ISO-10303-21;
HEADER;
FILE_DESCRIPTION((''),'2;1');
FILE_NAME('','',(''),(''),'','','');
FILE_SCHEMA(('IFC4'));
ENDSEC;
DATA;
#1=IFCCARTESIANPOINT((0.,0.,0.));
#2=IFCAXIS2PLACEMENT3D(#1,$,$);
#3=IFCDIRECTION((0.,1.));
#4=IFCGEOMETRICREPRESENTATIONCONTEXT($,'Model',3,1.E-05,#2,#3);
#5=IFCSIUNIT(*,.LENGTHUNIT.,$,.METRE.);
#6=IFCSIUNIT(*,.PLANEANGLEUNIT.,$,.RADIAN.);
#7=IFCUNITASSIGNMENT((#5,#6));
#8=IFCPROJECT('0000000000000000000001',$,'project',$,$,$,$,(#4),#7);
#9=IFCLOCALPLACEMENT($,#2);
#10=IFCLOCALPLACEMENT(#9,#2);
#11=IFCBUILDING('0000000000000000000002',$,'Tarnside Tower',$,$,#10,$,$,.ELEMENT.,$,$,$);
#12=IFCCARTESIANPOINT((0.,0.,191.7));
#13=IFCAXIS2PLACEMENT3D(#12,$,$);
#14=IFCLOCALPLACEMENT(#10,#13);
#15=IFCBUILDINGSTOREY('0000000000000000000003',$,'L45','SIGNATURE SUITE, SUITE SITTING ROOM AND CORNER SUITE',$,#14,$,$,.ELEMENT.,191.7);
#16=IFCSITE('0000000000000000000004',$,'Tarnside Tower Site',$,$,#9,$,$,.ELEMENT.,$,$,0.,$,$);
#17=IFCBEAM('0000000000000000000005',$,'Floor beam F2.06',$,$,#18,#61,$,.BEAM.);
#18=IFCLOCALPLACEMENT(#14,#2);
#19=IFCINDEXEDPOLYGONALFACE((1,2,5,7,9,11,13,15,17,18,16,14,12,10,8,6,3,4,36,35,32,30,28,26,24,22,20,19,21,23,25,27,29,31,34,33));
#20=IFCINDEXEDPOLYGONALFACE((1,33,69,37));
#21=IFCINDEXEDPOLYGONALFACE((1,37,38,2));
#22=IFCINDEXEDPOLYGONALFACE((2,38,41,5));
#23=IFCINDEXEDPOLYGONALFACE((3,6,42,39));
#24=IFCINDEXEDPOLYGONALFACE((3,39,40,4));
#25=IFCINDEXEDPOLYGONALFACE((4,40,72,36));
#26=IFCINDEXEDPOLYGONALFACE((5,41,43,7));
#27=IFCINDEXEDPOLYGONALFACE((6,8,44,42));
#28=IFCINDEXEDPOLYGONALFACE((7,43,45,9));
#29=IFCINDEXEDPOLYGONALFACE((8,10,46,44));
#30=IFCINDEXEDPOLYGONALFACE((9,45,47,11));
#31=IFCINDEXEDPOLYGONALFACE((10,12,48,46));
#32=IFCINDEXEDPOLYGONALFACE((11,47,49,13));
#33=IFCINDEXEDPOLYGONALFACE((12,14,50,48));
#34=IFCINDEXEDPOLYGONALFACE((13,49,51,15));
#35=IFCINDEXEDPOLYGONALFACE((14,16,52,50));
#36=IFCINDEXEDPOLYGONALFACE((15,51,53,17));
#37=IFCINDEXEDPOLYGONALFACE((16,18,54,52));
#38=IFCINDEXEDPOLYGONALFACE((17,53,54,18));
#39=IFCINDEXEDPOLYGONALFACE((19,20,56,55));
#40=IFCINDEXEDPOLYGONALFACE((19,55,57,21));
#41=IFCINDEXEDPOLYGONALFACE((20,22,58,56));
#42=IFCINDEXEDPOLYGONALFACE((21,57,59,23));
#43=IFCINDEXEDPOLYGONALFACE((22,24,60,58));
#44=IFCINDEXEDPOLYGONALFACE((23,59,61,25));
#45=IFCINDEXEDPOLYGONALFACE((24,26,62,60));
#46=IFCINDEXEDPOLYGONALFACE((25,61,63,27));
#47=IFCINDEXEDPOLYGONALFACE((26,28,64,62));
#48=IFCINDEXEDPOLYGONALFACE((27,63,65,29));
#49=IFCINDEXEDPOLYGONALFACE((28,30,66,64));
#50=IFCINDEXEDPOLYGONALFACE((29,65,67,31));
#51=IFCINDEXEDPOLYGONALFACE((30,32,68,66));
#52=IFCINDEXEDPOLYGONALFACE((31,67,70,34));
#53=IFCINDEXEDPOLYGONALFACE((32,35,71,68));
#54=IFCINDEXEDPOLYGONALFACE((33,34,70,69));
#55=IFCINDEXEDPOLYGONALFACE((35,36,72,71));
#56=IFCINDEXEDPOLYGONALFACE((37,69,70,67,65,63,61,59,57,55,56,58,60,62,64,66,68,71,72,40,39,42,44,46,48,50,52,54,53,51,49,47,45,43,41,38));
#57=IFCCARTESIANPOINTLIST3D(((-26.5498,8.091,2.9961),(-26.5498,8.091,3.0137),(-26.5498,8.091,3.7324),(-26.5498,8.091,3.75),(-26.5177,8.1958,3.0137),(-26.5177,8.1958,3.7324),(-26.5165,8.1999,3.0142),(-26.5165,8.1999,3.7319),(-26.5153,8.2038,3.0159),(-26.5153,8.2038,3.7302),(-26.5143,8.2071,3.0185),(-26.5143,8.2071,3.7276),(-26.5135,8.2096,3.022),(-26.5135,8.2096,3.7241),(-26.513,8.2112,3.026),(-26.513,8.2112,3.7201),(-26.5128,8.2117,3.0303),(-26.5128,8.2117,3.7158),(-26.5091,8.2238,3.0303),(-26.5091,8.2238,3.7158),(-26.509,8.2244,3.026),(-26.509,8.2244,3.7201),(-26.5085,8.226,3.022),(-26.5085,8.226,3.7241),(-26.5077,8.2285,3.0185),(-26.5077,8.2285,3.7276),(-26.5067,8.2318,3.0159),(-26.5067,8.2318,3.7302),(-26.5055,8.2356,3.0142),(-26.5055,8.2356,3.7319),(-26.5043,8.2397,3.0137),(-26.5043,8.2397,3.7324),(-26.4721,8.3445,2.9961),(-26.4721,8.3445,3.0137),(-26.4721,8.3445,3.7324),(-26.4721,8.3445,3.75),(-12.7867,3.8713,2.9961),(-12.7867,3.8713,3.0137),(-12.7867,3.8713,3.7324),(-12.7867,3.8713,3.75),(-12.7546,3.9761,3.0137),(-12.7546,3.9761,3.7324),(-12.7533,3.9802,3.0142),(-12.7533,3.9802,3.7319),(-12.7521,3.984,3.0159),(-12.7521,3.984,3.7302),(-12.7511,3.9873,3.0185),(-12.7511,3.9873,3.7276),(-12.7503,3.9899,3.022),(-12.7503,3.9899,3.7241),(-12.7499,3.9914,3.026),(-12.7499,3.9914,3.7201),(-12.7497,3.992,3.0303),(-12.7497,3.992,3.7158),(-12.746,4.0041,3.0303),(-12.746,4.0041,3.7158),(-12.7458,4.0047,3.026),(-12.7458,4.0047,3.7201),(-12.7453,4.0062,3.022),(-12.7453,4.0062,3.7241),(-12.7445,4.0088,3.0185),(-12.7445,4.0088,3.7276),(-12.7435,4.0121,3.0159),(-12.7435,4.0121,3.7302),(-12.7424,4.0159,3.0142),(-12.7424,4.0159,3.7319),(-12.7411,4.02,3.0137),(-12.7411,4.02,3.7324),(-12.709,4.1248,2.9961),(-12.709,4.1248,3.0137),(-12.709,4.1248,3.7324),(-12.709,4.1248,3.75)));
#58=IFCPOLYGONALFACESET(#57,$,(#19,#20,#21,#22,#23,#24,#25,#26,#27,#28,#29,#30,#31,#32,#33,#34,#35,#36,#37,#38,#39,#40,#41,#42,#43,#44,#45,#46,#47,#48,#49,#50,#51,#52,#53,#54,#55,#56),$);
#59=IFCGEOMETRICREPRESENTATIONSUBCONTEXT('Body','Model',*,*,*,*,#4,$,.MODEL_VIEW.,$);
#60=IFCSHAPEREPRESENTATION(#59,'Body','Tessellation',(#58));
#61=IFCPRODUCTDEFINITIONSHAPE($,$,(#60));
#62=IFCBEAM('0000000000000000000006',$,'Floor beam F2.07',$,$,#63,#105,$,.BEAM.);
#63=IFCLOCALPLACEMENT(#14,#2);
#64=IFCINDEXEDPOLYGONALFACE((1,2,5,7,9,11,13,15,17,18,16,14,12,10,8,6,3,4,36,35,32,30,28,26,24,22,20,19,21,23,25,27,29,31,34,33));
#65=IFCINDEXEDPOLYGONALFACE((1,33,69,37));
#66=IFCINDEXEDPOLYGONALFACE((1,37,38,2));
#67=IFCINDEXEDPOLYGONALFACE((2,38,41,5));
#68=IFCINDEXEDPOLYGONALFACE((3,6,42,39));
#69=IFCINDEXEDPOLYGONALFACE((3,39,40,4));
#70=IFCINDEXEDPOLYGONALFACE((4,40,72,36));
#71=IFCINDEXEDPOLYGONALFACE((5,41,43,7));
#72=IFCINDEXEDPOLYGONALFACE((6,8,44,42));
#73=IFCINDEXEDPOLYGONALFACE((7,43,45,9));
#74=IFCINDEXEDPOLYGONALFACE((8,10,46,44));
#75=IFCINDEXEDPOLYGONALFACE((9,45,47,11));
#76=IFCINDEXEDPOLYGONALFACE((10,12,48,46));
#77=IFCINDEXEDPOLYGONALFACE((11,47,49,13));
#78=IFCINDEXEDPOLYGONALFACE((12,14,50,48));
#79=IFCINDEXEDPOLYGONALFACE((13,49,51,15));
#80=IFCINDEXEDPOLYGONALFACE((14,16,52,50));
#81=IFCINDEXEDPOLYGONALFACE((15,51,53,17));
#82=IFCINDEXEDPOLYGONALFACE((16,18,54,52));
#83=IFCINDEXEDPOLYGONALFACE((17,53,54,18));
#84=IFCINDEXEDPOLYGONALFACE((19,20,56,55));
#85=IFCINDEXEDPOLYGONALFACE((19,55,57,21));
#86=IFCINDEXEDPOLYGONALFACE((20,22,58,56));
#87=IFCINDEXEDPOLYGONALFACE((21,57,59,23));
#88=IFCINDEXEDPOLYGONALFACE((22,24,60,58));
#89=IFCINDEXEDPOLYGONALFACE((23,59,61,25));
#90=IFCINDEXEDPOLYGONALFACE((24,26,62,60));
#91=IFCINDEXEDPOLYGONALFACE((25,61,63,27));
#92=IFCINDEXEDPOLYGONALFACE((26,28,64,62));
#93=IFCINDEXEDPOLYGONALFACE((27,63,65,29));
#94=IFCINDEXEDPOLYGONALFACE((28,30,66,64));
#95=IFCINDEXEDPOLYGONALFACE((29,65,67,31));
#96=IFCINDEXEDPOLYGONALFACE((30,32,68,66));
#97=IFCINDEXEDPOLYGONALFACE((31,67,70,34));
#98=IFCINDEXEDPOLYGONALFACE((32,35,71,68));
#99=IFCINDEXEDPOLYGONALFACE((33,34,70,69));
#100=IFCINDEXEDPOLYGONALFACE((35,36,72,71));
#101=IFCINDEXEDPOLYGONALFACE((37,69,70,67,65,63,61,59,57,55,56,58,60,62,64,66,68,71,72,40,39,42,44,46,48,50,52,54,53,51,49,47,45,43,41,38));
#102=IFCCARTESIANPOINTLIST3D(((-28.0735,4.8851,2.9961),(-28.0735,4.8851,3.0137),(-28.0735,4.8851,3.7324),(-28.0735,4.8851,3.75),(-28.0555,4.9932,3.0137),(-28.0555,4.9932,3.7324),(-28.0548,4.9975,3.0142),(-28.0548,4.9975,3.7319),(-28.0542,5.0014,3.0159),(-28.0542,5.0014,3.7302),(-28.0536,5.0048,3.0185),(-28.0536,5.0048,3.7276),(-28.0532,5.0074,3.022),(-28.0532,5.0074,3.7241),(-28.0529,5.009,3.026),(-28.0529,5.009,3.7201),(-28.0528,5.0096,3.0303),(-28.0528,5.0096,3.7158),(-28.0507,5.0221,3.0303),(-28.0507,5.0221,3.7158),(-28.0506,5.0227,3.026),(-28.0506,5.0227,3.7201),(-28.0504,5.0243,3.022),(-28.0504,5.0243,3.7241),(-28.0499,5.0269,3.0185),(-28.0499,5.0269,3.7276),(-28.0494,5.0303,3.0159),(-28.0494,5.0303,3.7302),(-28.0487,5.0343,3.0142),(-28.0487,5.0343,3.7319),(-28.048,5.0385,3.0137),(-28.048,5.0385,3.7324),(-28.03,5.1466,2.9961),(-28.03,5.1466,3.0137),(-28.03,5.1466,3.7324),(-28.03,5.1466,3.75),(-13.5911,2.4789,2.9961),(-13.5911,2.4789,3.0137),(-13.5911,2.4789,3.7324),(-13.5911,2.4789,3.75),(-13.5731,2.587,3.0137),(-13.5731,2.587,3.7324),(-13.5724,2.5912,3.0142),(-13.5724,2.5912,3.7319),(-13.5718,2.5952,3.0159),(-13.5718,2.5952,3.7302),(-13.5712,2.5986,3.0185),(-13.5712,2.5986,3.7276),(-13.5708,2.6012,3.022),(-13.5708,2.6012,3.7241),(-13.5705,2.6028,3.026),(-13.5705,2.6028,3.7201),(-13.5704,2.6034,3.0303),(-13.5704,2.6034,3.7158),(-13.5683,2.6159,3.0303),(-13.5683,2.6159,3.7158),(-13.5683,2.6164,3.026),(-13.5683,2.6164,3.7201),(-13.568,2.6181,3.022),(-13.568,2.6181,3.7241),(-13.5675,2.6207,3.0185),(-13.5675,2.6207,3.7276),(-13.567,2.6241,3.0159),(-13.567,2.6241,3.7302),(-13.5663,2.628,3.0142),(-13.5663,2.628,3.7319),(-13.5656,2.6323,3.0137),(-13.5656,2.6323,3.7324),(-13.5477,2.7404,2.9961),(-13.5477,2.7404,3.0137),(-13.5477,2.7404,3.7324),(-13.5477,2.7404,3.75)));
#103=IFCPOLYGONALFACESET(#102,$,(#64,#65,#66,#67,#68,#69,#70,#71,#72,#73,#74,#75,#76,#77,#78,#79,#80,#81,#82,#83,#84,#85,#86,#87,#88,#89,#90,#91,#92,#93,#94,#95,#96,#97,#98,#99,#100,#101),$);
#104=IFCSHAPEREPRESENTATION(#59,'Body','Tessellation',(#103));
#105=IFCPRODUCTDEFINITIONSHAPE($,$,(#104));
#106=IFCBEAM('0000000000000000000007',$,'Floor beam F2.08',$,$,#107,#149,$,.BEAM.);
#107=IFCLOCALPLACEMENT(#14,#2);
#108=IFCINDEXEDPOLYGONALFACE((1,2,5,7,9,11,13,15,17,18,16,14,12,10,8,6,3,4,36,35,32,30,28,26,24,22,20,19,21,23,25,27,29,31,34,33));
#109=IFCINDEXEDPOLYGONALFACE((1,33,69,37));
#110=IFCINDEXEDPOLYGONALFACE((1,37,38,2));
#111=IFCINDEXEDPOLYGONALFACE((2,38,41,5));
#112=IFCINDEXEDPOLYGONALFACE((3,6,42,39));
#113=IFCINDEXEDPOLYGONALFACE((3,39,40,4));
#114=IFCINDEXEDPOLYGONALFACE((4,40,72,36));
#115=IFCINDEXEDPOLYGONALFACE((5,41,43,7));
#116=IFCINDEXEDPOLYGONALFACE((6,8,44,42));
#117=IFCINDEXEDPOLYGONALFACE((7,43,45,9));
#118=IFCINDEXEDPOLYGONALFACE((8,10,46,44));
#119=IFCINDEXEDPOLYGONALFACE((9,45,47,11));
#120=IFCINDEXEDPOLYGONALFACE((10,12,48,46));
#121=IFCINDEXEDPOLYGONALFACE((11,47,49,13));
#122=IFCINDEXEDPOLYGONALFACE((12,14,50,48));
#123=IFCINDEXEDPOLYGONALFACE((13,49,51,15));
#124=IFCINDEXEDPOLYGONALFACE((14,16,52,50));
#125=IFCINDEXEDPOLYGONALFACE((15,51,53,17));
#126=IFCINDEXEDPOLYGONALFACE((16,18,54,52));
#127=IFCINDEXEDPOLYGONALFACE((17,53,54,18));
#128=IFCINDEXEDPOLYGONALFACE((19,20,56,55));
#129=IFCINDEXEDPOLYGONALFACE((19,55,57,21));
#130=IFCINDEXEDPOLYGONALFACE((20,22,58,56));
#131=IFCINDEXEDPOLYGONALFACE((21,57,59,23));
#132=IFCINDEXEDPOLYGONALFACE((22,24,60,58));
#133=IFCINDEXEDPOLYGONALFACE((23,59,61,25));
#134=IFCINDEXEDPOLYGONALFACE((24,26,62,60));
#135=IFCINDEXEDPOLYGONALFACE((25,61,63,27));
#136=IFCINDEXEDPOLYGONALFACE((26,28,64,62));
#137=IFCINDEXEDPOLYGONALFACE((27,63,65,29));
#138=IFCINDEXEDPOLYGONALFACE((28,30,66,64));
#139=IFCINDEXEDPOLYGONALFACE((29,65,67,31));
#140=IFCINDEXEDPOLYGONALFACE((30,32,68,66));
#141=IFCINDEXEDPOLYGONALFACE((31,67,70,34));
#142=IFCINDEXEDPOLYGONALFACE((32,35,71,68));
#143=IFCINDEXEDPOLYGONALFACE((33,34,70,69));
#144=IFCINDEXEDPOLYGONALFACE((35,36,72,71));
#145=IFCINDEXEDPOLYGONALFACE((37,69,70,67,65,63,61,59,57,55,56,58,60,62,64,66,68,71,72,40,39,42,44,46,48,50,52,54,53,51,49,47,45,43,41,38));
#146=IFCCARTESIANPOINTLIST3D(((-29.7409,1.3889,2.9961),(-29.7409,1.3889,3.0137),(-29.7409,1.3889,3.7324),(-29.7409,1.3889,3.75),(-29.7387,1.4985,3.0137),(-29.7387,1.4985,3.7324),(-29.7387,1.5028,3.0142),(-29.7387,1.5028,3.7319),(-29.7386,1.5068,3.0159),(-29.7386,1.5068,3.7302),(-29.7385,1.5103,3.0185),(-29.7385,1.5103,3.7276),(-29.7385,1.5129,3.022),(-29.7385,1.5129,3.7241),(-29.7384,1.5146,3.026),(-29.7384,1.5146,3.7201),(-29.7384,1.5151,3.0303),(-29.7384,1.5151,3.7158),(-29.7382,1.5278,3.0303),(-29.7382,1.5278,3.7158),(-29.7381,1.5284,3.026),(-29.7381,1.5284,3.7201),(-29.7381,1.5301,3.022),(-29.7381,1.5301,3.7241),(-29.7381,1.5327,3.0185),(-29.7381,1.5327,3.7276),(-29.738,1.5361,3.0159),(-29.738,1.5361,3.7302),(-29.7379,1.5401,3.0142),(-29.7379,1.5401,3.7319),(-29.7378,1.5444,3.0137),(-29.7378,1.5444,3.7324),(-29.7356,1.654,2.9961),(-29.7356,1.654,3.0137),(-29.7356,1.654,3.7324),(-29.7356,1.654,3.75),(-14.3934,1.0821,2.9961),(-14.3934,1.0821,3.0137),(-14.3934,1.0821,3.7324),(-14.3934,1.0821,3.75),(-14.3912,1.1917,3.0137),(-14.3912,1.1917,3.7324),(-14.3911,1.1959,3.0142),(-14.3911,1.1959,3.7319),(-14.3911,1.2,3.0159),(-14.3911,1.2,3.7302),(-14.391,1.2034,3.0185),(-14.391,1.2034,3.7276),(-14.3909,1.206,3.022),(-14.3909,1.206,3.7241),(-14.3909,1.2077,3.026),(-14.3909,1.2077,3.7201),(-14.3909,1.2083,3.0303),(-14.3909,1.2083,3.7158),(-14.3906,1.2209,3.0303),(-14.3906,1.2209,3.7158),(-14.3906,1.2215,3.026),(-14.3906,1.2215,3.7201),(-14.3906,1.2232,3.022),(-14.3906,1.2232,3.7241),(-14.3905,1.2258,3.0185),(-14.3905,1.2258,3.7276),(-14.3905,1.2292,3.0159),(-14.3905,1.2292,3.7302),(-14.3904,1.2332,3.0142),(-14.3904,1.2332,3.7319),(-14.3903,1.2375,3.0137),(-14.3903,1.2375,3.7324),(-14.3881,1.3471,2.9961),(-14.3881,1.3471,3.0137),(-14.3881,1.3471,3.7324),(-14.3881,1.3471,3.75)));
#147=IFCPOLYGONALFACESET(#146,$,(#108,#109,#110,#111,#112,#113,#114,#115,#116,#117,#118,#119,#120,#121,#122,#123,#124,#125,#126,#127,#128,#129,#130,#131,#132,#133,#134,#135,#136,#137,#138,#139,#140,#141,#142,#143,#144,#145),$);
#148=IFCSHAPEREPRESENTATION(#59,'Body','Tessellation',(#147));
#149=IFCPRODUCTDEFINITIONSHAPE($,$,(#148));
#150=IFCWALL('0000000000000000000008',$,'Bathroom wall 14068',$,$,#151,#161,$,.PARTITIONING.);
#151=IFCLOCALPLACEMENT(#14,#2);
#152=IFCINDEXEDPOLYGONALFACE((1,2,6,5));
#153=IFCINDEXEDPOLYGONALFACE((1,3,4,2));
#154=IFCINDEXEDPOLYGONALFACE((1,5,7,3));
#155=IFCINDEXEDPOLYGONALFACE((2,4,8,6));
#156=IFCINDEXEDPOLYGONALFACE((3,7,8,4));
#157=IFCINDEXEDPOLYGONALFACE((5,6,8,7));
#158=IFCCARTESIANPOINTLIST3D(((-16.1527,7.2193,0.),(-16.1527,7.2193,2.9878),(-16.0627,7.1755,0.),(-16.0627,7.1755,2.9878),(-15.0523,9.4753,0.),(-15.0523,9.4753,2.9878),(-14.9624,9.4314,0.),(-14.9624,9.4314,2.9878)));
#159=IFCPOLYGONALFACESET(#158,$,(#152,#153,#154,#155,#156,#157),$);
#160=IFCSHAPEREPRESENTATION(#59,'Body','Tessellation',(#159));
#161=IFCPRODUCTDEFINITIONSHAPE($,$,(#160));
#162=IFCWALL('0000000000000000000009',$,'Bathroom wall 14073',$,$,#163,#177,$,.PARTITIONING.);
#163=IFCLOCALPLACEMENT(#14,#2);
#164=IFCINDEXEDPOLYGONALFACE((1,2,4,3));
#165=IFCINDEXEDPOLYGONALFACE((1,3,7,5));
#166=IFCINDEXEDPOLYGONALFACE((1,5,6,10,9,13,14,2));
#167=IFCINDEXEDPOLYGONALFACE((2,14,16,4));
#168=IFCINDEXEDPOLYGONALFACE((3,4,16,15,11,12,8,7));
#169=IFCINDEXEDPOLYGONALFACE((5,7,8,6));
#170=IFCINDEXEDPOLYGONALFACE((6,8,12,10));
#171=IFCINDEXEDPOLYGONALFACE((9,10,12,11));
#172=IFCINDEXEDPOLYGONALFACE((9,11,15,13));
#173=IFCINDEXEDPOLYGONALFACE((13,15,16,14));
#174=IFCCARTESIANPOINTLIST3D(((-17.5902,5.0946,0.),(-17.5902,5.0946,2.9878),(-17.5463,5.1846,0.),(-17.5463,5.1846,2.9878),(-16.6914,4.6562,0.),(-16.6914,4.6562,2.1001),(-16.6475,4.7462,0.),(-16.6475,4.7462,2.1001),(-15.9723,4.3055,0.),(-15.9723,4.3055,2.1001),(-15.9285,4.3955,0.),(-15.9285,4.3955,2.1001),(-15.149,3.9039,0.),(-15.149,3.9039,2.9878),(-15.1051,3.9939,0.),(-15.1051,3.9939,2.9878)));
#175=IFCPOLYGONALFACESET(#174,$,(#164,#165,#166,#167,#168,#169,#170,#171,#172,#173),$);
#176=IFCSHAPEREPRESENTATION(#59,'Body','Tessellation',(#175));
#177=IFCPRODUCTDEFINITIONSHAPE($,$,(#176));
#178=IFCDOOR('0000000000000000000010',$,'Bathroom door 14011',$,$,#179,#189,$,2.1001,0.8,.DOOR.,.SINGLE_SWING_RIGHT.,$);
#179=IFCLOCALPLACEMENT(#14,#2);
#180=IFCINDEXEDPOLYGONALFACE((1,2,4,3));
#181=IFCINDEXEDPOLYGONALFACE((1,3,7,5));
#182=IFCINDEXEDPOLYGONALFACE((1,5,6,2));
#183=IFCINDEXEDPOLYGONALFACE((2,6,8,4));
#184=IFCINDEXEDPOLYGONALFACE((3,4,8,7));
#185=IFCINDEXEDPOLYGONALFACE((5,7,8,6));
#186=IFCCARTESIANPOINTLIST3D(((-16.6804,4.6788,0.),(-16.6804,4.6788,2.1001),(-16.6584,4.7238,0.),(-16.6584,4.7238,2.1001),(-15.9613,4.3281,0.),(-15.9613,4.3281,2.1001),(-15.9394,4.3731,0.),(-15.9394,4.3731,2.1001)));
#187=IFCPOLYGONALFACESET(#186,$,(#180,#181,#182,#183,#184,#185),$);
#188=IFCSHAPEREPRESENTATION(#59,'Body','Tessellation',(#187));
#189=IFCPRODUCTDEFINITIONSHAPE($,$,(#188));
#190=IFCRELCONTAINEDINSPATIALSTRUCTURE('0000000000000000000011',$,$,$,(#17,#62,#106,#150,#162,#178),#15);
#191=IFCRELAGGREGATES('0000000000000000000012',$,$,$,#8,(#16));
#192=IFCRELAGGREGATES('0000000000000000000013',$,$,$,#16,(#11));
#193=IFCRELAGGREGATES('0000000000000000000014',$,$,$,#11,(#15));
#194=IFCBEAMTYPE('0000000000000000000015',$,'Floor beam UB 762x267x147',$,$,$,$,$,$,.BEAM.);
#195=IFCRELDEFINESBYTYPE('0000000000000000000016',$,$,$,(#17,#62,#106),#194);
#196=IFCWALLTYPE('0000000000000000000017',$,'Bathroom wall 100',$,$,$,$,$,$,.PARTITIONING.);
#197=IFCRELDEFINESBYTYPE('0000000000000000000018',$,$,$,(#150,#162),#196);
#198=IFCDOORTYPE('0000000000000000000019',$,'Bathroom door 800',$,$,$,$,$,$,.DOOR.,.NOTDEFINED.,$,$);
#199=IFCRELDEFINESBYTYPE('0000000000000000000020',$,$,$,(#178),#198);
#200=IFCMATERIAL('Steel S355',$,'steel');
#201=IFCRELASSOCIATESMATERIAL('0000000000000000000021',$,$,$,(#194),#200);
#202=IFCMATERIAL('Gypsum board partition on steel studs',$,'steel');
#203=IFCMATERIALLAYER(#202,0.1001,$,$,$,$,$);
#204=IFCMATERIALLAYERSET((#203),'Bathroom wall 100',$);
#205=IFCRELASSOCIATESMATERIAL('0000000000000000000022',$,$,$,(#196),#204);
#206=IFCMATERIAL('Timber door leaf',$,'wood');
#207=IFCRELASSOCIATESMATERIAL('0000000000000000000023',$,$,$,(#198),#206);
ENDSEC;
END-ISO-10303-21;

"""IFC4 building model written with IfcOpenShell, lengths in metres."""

from ifc_helpers import new_model, si_unit, direction, frame, frame_2d, origin, origin_2d, place, context, subcontext, project, spatial, rectangle, i_section, extrude, material, layer, layer_set, material_profile, profile_set, type_object, element, fill, save


model = new_model("IFC4")

# Units and contexts
model_context = context("Model", 3, precision=1e-05, world=origin(), true_north=direction((0.0, 1.0)))
body_context = subcontext(model_context, "Body", "Model", "MODEL_VIEW")
ifc_project = project(units=[si_unit("LENGTHUNIT", "METRE"), si_unit("PLANEANGLEUNIT", "RADIAN")], contexts=[model_context])

# Site, building, storey
site_placement = place(None, origin())
site = spatial("IfcSite", under=ifc_project, at=site_placement, Name="Tarnside Tower Site", CompositionType="ELEMENT", RefElevation=0.0)
building_placement = place(site_placement, origin())
building = spatial("IfcBuilding", under=site, at=building_placement, Name="Tarnside Tower", CompositionType="ELEMENT")
storey_placement = place(building_placement, frame((0.0, 0.0, 191.7)))
storey = spatial("IfcBuildingStorey", under=building, at=storey_placement, Name="L45", Description="SIGNATURE SUITE, SUITE SITTING ROOM AND CORNER SUITE", CompositionType="ELEMENT", Elevation=191.7)

# Beams
ifc_material_1 = material(Name="Steel S355", Category="steel")
ifc_material_profile = material_profile(ifc_material_1, i_section(OverallWidth=0.2651, OverallDepth=0.7539, WebThickness=0.0127, FlangeThickness=0.0176, FilletRadius=0.0166, at=origin_2d()), Name="UB 762x267x147")
ifc_profile_set = profile_set([ifc_material_profile], Name="Steel S355")
beam_type = type_object("IfcBeamType", Name="Floor beam UB 762x267x147", PredefinedType="BEAM", material=ifc_profile_set)
beam_1_placement = place(storey_placement, frame((-26.511, 8.2178, 3.373), z_axis=(0.956073, -0.293128, 0.0), x_axis=(0.293128, 0.956073, 0.0)))
element("IfcBeam", 1, at=beam_1_placement, inside=storey, type_object=beam_type, Name="Floor beam F2.06", PredefinedType="BEAM", context=body_context, shape_type="SweptSolid", body=[
    extrude(i_section(OverallWidth=0.2651, OverallDepth=0.7539, WebThickness=0.0127, FlangeThickness=0.0176, FilletRadius=0.0166, at=origin_2d()), origin(), (0.0, 0.0, 1.0), 14.3955),
])
beam_2_placement = place(storey_placement, frame((-28.0518, 5.0159, 3.373), z_axis=(0.986476, -0.163903, 0.0), x_axis=(0.163903, 0.986476, 0.0)))
element("IfcBeam", 2, at=beam_2_placement, inside=storey, type_object=beam_type, Name="Floor beam F2.07", PredefinedType="BEAM", context=body_context, shape_type="SweptSolid", body=[
    extrude(i_section(OverallWidth=0.2651, OverallDepth=0.7539, WebThickness=0.0127, FlangeThickness=0.0176, FilletRadius=0.0166, at=origin_2d()), origin(), (0.0, 0.0, 1.0), 14.6809),
])
beam_3_placement = place(storey_placement, frame((-29.7383, 1.5215, 3.373), z_axis=(0.9998, -0.019992, 0.0), x_axis=(0.019992, 0.9998, 0.0)))
element("IfcBeam", 3, at=beam_3_placement, inside=storey, type_object=beam_type, Name="Floor beam F2.08", PredefinedType="BEAM", context=body_context, shape_type="SweptSolid", body=[
    extrude(i_section(OverallWidth=0.2651, OverallDepth=0.7539, WebThickness=0.0127, FlangeThickness=0.0176, FilletRadius=0.0166, at=origin_2d()), origin(), (0.0, 0.0, 1.0), 15.3506),
])

# Wall
ifc_material_2 = material(Name="Gypsum board partition on steel studs", Category="steel")
ifc_layer_1 = layer(ifc_material_2, 0.1001)
ifc_layer_set_1 = layer_set([ifc_layer_1], Name="Bathroom wall 100")
wall_type_1 = type_object("IfcWallType", Name="Bathroom wall 100", PredefinedType="PARTITIONING", material=ifc_layer_set_1)
wall_1_placement = place(storey_placement, frame((-16.1077, 7.1975, 0.0), z_axis=(0.0, 0.0, 1.0), x_axis=(0.438399, 0.898781, 0.0)))
element("IfcWall", 4, at=wall_1_placement, inside=storey, type_object=wall_type_1, Name="Bathroom wall 14068", PredefinedType="PARTITIONING", context=body_context, shape_type="SweptSolid", body=[
    extrude(rectangle(XDim=2.51, YDim=0.1001, at=frame_2d((1.2549, 0.0))), origin(), (0.0, 0.0, 1.0), 2.9878),
])

# Wall, opening, door
wall_2_placement = place(storey_placement, frame((-15.1272, 3.949, 0.0), z_axis=(0.0, 0.0, 1.0), x_axis=(-0.898788, 0.438383, 0.0)))
wall_2 = element("IfcWall", 5, at=wall_2_placement, inside=storey, type_object=wall_type_1, Name="Bathroom wall 14073", PredefinedType="PARTITIONING", context=body_context, shape_type="SweptSolid", body=[
    extrude(rectangle(XDim=2.7161, YDim=0.1001, at=frame_2d((1.3579, 0.0))), origin(), (0.0, 0.0, 1.0), 2.9878),
])
opening_1_placement = place(wall_2_placement, frame((0.916, 0.0, 0.0)))
opening_1 = element("IfcOpeningElement", 6, at=opening_1_placement, cuts=wall_2, PredefinedType="OPENING", context=body_context, shape_type="SweptSolid", body=[
    extrude(rectangle(XDim=0.8, YDim=2.1001, at=frame_2d((0.3999, 1.05))), frame((0.0, 0.0601, 0.0), z_axis=(0.0, -1.0, 0.0), x_axis=(1.0, 0.0, 0.0)), (0.0, 0.0, 1.0), 0.1201),
])
ifc_material_3 = material(Name="Timber door leaf", Category="wood")
door_type_1 = type_object("IfcDoorType", Name="Bathroom door 800", OperationType="NOTDEFINED", PredefinedType="DOOR", material=ifc_material_3)
door_1_placement = place(opening_1_placement, origin())
door_1 = element("IfcDoor", 7, at=door_1_placement, inside=storey, type_object=door_type_1, Name="Bathroom door 14011", OperationType="SINGLE_SWING_RIGHT", OverallHeight=2.1001, OverallWidth=0.8, PredefinedType="DOOR", context=body_context, shape_type="SweptSolid", body=[
    extrude(rectangle(XDim=0.8, YDim=2.1001, at=frame_2d((0.3999, 1.05))), frame((0.0, 0.0249, 0.0), z_axis=(0.0, -1.0, 0.0), x_axis=(1.0, 0.0, 0.0)), (0.0, 0.0, 1.0), 0.05),
])
fill(opening_1, door_1)

save(model, "model.ifc")
